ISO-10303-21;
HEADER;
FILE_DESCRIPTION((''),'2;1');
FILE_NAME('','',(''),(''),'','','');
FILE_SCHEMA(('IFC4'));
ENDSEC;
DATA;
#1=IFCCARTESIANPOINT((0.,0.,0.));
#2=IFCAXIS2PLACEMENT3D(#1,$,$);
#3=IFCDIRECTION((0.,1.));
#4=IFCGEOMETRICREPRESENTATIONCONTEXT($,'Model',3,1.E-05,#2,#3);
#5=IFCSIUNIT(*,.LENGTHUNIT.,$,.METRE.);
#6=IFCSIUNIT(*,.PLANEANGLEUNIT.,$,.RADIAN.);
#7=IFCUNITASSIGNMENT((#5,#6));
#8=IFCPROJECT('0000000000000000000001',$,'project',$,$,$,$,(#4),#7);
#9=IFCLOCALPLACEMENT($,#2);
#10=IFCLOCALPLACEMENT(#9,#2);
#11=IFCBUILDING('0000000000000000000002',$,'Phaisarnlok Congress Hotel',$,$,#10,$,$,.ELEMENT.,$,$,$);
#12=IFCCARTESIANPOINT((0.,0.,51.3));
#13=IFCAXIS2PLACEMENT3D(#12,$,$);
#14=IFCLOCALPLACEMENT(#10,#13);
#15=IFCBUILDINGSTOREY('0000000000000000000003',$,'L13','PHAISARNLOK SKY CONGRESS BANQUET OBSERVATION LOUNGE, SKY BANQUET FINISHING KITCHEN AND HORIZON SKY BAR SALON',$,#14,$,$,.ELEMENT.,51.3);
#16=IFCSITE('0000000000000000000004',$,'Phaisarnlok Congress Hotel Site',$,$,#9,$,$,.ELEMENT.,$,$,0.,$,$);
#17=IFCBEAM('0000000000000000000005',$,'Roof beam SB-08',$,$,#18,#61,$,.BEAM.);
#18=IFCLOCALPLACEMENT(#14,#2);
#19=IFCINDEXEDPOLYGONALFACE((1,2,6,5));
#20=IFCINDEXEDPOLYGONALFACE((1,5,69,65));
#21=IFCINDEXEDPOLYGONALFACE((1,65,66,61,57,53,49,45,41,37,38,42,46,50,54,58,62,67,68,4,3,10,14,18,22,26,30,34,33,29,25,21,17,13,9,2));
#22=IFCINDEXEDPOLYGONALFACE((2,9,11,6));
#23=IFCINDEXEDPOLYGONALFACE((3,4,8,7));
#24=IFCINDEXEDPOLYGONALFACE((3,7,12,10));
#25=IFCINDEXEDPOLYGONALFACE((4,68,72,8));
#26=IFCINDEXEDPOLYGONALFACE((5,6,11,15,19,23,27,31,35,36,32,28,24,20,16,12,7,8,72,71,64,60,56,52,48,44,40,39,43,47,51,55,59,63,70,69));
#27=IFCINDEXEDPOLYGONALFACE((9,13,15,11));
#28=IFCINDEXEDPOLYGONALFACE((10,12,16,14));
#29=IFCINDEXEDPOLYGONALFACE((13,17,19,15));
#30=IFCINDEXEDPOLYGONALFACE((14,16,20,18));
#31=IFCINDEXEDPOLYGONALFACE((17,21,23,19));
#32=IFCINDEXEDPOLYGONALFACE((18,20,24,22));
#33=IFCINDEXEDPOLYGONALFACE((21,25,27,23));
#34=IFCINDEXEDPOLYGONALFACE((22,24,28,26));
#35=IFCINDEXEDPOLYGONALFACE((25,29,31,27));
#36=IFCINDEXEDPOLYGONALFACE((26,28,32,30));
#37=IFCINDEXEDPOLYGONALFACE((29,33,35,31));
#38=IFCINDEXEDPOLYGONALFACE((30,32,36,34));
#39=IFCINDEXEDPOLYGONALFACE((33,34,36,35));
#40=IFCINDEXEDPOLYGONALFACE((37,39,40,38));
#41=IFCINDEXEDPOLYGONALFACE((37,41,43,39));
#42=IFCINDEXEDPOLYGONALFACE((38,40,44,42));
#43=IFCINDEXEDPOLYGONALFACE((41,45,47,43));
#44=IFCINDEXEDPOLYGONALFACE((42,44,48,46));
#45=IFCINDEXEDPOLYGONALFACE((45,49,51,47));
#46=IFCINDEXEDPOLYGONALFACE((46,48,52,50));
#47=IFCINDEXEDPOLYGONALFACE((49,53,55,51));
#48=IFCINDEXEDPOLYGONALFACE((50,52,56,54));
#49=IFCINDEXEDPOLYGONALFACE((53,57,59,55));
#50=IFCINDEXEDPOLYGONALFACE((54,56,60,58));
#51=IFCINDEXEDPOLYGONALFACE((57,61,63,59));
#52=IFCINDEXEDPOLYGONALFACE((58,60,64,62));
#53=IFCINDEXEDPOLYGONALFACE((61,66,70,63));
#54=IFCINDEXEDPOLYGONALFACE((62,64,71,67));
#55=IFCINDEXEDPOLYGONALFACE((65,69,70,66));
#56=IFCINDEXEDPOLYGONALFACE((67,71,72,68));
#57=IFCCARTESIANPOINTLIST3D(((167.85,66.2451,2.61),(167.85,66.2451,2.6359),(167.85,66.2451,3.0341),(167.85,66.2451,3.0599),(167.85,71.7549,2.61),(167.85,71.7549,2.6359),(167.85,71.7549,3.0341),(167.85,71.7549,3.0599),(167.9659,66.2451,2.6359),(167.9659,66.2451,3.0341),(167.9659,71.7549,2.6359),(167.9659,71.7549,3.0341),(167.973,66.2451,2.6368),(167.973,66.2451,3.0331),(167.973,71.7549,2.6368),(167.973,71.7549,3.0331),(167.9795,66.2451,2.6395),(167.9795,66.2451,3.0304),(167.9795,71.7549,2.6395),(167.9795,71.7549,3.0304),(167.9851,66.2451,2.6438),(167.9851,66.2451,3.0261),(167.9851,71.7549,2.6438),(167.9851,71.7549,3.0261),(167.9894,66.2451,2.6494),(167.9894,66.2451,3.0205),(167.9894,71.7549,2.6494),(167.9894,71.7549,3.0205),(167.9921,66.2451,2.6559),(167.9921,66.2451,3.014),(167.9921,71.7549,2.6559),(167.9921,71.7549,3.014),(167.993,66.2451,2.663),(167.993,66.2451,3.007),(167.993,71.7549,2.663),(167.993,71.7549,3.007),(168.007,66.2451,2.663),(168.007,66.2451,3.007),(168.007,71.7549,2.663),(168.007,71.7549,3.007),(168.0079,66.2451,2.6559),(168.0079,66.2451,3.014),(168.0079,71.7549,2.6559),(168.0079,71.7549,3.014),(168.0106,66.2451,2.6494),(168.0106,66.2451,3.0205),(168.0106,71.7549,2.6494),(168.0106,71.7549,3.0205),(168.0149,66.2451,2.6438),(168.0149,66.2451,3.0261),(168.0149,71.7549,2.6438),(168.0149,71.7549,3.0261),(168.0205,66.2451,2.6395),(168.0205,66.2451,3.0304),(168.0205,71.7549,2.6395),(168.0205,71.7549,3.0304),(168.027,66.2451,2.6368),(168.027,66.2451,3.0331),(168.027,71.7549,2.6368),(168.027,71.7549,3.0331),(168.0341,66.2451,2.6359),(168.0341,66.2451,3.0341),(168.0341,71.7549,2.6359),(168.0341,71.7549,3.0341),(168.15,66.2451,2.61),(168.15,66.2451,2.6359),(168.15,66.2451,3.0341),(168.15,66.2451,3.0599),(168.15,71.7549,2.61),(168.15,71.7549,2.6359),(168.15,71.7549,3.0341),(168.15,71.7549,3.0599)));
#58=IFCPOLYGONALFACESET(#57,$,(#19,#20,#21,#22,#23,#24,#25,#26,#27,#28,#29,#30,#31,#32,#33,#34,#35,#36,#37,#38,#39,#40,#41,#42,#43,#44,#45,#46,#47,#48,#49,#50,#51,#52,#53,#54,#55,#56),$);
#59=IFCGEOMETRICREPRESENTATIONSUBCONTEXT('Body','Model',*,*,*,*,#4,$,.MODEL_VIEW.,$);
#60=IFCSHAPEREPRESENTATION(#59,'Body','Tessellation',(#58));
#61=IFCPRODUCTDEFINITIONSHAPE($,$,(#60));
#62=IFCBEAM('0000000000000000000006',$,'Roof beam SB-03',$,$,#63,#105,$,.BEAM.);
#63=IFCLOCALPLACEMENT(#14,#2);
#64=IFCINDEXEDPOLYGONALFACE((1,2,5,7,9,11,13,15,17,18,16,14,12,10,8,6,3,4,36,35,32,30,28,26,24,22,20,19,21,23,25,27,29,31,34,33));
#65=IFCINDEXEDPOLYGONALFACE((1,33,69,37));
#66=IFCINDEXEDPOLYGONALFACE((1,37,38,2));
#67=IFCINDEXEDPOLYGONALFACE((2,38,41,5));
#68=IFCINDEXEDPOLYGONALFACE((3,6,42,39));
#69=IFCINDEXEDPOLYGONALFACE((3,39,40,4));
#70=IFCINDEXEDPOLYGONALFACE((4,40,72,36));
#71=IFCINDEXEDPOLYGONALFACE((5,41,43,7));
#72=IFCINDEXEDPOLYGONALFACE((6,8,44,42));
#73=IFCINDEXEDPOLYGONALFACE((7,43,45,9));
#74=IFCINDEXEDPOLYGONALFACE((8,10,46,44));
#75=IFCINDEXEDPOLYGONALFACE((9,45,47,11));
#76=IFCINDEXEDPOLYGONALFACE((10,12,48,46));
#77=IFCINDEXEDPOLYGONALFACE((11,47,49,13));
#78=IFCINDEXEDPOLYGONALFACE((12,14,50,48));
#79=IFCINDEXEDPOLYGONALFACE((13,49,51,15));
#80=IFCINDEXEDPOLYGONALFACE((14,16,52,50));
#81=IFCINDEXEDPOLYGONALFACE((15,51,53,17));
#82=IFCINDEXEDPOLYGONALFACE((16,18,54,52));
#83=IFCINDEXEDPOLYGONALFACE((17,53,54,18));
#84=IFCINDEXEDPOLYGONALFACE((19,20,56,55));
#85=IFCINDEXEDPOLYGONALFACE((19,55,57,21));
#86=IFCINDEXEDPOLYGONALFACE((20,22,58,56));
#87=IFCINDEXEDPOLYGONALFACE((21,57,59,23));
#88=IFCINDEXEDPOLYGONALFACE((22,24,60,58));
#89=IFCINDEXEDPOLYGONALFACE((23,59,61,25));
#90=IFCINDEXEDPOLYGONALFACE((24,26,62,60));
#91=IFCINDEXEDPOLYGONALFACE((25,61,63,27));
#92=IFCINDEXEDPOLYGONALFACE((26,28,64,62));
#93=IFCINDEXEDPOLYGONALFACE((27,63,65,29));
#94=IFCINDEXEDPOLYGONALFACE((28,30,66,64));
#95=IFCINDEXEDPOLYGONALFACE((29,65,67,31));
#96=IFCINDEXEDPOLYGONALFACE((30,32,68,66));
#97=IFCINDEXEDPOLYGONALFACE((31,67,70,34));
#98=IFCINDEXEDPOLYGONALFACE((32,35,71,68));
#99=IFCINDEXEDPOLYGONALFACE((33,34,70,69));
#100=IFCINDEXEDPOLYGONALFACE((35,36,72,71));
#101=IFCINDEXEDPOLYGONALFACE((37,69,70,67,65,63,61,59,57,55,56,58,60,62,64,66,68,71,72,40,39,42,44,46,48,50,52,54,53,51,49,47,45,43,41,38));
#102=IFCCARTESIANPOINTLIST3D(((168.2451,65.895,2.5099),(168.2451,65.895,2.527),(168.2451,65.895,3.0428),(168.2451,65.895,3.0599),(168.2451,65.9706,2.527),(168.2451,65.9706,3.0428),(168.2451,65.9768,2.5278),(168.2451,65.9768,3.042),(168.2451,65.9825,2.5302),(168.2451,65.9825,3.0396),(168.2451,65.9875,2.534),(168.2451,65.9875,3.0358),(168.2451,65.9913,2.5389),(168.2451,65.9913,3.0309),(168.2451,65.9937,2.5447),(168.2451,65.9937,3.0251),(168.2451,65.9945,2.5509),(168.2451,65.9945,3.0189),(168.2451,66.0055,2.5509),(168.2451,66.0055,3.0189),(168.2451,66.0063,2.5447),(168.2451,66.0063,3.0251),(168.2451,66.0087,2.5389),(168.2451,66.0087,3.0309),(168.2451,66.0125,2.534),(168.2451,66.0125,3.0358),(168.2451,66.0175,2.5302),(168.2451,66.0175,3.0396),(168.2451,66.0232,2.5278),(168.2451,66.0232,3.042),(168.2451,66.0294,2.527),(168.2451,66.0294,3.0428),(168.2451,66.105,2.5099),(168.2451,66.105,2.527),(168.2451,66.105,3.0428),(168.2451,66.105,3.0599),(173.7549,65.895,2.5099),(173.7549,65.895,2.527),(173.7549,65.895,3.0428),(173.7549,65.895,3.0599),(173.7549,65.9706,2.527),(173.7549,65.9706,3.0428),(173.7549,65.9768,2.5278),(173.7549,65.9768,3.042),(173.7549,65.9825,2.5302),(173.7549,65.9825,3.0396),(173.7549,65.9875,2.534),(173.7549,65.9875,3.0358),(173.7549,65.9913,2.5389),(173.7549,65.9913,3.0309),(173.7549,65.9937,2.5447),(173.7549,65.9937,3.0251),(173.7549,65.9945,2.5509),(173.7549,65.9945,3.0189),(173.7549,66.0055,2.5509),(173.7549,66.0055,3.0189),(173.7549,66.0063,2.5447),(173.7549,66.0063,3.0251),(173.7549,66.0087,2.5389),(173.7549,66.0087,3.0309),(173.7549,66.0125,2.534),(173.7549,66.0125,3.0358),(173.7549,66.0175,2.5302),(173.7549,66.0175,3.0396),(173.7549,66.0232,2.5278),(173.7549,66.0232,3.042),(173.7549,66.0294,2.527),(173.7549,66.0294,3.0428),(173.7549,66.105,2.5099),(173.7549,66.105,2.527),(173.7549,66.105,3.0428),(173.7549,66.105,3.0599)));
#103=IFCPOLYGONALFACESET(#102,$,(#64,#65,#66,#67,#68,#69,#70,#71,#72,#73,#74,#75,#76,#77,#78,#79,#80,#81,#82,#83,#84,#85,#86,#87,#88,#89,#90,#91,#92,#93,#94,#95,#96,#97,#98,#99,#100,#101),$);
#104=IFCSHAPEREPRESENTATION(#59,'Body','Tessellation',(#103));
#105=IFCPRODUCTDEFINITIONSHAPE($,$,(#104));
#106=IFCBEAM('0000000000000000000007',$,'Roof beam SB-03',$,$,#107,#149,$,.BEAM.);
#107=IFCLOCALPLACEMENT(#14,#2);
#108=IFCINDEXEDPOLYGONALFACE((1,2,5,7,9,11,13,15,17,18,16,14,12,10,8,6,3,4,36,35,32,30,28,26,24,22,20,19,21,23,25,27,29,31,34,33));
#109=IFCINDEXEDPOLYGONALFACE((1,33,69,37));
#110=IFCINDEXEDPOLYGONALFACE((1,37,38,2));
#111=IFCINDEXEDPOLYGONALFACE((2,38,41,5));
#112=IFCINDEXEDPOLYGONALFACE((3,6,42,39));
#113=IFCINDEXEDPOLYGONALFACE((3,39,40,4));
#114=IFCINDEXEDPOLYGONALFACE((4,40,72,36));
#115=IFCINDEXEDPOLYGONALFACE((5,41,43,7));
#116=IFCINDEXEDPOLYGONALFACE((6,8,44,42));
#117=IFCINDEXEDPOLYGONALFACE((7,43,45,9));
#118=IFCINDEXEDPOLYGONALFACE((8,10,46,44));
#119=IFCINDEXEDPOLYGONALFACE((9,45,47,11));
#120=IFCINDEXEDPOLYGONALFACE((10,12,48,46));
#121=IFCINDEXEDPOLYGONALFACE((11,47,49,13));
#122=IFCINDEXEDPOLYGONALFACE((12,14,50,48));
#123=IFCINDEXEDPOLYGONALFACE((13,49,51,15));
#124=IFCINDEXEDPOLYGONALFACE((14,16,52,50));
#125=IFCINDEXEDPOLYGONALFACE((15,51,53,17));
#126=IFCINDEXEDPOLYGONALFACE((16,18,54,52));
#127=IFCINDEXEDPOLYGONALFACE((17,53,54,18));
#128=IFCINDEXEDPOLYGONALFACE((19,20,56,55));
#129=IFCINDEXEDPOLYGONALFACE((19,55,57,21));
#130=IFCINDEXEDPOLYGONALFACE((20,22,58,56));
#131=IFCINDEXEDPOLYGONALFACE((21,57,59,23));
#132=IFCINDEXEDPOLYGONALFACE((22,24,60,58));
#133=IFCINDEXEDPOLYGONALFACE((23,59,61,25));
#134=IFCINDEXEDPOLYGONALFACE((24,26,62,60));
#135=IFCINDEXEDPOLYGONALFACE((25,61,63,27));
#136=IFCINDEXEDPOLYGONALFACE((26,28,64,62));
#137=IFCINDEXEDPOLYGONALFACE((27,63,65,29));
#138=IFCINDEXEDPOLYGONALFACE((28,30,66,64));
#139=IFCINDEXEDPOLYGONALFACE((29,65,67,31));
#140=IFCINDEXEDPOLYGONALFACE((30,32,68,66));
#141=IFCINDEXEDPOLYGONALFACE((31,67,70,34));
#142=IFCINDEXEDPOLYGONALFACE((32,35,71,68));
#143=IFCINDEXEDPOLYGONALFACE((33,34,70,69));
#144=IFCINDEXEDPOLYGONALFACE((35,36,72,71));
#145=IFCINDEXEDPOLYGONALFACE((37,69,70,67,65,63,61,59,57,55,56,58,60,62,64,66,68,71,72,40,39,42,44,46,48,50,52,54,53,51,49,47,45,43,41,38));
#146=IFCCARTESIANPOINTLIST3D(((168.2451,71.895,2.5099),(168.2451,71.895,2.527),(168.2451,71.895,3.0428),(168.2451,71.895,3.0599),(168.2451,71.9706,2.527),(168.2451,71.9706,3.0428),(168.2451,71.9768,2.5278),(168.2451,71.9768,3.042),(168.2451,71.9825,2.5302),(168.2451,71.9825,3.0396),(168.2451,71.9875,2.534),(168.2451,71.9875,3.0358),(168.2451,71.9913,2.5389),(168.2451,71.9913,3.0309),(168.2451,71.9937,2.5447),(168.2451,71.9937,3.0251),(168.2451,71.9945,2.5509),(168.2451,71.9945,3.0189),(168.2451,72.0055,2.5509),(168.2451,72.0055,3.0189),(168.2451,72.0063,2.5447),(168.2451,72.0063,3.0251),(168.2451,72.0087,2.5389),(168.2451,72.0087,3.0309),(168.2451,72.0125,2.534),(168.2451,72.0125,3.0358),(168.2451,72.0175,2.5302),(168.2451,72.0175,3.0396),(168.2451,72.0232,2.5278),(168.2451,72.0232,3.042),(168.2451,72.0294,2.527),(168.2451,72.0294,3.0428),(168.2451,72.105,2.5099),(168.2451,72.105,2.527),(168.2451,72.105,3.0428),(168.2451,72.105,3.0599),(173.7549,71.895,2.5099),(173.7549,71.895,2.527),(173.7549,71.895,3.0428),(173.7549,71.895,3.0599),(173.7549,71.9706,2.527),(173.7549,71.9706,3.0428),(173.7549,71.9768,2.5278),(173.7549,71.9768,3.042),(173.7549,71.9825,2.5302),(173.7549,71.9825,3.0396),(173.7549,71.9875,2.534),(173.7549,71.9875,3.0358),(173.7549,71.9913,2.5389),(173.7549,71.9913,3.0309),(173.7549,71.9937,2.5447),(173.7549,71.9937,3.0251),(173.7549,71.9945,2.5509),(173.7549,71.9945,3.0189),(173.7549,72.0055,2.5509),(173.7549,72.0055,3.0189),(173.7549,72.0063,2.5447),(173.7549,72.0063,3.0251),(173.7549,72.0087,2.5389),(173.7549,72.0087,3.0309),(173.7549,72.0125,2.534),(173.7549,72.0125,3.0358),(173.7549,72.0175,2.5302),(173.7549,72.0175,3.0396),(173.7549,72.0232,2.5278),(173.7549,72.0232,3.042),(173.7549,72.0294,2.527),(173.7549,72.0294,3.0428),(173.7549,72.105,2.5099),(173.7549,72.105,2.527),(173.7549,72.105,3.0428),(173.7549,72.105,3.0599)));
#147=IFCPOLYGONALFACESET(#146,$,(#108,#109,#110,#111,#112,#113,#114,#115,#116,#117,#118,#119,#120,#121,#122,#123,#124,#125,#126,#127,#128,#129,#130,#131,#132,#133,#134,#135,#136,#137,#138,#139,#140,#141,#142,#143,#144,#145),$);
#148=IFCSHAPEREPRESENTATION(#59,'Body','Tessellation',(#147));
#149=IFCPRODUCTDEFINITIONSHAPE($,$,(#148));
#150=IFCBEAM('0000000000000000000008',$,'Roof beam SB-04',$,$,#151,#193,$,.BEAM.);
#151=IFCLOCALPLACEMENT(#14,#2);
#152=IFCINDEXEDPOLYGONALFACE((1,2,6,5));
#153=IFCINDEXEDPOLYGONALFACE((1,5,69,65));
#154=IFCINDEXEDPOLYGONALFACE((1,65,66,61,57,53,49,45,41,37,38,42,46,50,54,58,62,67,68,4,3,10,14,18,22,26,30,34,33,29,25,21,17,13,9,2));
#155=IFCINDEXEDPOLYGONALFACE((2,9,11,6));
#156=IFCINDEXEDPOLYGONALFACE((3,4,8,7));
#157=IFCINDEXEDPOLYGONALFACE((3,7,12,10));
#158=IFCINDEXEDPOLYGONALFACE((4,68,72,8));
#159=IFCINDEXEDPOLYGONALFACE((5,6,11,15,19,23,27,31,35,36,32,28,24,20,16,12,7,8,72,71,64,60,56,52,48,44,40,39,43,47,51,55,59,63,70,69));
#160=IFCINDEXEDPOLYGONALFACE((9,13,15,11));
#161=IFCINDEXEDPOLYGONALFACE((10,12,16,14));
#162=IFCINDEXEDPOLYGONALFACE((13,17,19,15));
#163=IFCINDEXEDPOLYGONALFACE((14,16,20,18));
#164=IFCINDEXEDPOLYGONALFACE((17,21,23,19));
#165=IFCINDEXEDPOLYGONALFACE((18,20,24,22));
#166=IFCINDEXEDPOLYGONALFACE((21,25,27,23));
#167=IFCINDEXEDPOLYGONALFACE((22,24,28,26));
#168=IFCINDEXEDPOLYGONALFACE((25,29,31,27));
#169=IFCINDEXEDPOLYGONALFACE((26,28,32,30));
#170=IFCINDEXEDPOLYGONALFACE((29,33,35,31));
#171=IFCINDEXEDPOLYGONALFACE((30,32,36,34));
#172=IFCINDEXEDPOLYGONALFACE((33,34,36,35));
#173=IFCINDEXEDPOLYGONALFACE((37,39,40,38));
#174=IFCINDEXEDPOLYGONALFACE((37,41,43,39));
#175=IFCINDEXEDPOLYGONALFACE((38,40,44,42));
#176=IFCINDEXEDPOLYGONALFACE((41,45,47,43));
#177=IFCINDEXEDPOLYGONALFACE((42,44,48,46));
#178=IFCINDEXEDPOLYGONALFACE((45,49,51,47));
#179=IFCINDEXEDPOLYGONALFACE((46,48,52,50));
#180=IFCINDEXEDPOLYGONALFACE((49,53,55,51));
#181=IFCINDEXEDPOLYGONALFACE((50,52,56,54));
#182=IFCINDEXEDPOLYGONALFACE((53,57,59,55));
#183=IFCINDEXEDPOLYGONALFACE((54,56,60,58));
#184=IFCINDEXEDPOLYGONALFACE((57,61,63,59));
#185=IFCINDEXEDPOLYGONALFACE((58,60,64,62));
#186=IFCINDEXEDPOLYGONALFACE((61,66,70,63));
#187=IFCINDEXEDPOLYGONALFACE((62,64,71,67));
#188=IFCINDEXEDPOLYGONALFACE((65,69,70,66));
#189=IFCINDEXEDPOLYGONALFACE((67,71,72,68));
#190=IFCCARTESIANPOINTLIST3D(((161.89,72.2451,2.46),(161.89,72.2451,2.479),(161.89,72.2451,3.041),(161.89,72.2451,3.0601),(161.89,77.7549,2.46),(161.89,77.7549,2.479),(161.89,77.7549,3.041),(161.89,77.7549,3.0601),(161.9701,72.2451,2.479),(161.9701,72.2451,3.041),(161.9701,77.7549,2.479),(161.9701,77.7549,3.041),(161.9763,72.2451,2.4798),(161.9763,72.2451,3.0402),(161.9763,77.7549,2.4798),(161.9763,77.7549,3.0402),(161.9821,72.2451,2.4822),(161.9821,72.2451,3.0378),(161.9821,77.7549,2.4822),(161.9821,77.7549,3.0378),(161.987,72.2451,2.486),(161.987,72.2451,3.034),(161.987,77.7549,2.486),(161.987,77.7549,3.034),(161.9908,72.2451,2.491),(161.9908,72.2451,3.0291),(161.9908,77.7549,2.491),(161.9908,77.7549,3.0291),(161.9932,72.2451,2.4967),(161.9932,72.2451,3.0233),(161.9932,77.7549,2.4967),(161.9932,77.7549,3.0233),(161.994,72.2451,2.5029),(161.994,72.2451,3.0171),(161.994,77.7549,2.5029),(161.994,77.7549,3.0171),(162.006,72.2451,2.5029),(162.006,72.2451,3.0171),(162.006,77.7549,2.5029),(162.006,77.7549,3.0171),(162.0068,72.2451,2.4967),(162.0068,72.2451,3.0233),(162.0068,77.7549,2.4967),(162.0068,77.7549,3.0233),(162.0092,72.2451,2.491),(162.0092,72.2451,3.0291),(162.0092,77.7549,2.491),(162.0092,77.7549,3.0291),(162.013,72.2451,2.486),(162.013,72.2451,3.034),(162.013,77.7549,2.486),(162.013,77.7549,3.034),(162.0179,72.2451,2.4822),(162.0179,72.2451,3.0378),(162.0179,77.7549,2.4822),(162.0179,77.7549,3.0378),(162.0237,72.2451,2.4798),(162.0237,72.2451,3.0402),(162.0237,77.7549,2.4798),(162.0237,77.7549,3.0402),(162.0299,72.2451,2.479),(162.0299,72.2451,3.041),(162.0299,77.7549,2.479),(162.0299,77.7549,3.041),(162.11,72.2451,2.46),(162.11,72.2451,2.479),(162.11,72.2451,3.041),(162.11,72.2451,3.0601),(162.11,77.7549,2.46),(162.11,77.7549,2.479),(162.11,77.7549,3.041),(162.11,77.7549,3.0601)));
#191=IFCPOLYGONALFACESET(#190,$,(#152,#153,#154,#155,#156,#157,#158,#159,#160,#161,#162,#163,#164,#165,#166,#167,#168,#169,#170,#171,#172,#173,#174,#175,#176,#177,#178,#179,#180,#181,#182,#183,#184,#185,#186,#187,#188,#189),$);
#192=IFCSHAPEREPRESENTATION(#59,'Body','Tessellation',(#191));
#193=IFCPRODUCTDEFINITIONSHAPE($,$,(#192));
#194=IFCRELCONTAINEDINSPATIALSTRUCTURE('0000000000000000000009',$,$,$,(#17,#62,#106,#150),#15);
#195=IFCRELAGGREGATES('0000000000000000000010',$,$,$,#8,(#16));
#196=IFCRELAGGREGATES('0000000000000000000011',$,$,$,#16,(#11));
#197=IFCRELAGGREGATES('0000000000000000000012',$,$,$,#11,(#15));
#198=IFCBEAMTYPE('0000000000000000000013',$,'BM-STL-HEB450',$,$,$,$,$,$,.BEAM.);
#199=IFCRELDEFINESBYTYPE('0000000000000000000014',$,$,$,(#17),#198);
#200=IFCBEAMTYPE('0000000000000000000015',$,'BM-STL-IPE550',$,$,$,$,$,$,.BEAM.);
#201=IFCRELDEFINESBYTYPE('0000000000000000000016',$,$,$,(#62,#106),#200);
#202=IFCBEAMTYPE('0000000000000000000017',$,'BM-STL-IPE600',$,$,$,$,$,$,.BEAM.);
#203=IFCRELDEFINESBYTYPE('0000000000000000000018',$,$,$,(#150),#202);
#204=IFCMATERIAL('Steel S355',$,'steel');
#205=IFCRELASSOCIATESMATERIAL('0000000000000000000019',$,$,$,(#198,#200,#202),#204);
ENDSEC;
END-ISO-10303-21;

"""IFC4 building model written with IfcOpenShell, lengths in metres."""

from ifc_helpers import new_model, si_unit, direction, frame, origin, origin_2d, place, context, subcontext, project, spatial, i_section, extrude, material, material_profile, profile_set, type_object, element, save


model = new_model("IFC4")

# Units and contexts
model_context = context("Model", 3, precision=1e-05, world=origin(), true_north=direction((0.0, 1.0)))
body_context = subcontext(model_context, "Body", "Model", "MODEL_VIEW")
ifc_project = project(units=[si_unit("LENGTHUNIT", "METRE"), si_unit("PLANEANGLEUNIT", "RADIAN")], contexts=[model_context])

# Site, building, storey
site_placement = place(None, origin())
site = spatial("IfcSite", under=ifc_project, at=site_placement, Name="Phaisarnlok Congress Hotel Site", CompositionType="ELEMENT", RefElevation=0.0)
building_placement = place(site_placement, origin())
building = spatial("IfcBuilding", under=site, at=building_placement, Name="Phaisarnlok Congress Hotel", CompositionType="ELEMENT")
storey_placement = place(building_placement, frame((0.0, 0.0, 51.3)))
storey = spatial("IfcBuildingStorey", under=building, at=storey_placement, Name="L13", Description="PHAISARNLOK SKY CONGRESS BANQUET OBSERVATION LOUNGE, SKY BANQUET FINISHING KITCHEN AND HORIZON SKY BAR SALON", CompositionType="ELEMENT", Elevation=51.3)

# Beams
ifc_material_1 = material(Name="Steel S355", Category="steel")
ifc_material_profile_1 = material_profile(ifc_material_1, i_section(OverallWidth=0.3, OverallDepth=0.45, WebThickness=0.0139, FlangeThickness=0.0259, FilletRadius=0.0271, at=origin_2d()), Name="HEB 450")
ifc_profile_set_1 = profile_set([ifc_material_profile_1], Name="Steel S355")
beam_type_1 = type_object("IfcBeamType", Name="BM-STL-HEB450", PredefinedType="BEAM", material=ifc_profile_set_1)
for number, where, z_axis, x_axis, name in (
    (1, (168.0, 66.2451, 2.835), (0.0, 1.0, 0.0), (-1.0, 0.0, 0.0), "Roof beam SB-08"),
):
    element("IfcBeam", number, at=place(storey_placement, frame(where, z_axis=z_axis, x_axis=x_axis)), inside=storey, type_object=beam_type_1, Name=name, PredefinedType="BEAM", context=body_context, shape_type="SweptSolid", body=[
        extrude(i_section(OverallWidth=0.3, OverallDepth=0.45, WebThickness=0.0139, FlangeThickness=0.0259, FilletRadius=0.0271, at=origin_2d()), origin(), (0.0, 0.0, 1.0), 5.5098),
    ])
ifc_material_profile_2 = material_profile(ifc_material_1, i_section(OverallWidth=0.21, OverallDepth=0.55, WebThickness=0.011, FlangeThickness=0.0171, FilletRadius=0.0239, at=origin_2d()), Name="IPE 550")
ifc_profile_set_2 = profile_set([ifc_material_profile_2], Name="Steel S355")
beam_type_2 = type_object("IfcBeamType", Name="BM-STL-IPE550", PredefinedType="BEAM", material=ifc_profile_set_2)
for number, where, z_axis, x_axis, name in (
    (2, (168.2451, 66.0, 2.7849), (1.0, 0.0, 0.0), (0.0, 1.0, 0.0), "Roof beam SB-03"),
    (3, (168.2451, 72.0, 2.7849), (1.0, 0.0, 0.0), (0.0, 1.0, 0.0), "Roof beam SB-03"),
):
    element("IfcBeam", number, at=place(storey_placement, frame(where, z_axis=z_axis, x_axis=x_axis)), inside=storey, type_object=beam_type_2, Name=name, PredefinedType="BEAM", context=body_context, shape_type="SweptSolid", body=[
        extrude(i_section(OverallWidth=0.21, OverallDepth=0.55, WebThickness=0.011, FlangeThickness=0.0171, FilletRadius=0.0239, at=origin_2d()), origin(), (0.0, 0.0, 1.0), 5.5098),
    ])
ifc_material_profile_3 = material_profile(ifc_material_1, i_section(OverallWidth=0.22, OverallDepth=0.6001, WebThickness=0.012, FlangeThickness=0.019, FilletRadius=0.0239, at=origin_2d()), Name="IPE 600")
ifc_profile_set_3 = profile_set([ifc_material_profile_3], Name="Steel S355")
beam_type_3 = type_object("IfcBeamType", Name="BM-STL-IPE600", PredefinedType="BEAM", material=ifc_profile_set_3)
for number, where, z_axis, x_axis, name in (
    (4, (162.0, 72.2451, 2.76), (0.0, 1.0, 0.0), (-1.0, 0.0, 0.0), "Roof beam SB-04"),
):
    element("IfcBeam", number, at=place(storey_placement, frame(where, z_axis=z_axis, x_axis=x_axis)), inside=storey, type_object=beam_type_3, Name=name, PredefinedType="BEAM", context=body_context, shape_type="SweptSolid", body=[
        extrude(i_section(OverallWidth=0.22, OverallDepth=0.6001, WebThickness=0.012, FlangeThickness=0.019, FilletRadius=0.0239, at=origin_2d()), origin(), (0.0, 0.0, 1.0), 5.5098),
    ])

save(model, "model.ifc")
